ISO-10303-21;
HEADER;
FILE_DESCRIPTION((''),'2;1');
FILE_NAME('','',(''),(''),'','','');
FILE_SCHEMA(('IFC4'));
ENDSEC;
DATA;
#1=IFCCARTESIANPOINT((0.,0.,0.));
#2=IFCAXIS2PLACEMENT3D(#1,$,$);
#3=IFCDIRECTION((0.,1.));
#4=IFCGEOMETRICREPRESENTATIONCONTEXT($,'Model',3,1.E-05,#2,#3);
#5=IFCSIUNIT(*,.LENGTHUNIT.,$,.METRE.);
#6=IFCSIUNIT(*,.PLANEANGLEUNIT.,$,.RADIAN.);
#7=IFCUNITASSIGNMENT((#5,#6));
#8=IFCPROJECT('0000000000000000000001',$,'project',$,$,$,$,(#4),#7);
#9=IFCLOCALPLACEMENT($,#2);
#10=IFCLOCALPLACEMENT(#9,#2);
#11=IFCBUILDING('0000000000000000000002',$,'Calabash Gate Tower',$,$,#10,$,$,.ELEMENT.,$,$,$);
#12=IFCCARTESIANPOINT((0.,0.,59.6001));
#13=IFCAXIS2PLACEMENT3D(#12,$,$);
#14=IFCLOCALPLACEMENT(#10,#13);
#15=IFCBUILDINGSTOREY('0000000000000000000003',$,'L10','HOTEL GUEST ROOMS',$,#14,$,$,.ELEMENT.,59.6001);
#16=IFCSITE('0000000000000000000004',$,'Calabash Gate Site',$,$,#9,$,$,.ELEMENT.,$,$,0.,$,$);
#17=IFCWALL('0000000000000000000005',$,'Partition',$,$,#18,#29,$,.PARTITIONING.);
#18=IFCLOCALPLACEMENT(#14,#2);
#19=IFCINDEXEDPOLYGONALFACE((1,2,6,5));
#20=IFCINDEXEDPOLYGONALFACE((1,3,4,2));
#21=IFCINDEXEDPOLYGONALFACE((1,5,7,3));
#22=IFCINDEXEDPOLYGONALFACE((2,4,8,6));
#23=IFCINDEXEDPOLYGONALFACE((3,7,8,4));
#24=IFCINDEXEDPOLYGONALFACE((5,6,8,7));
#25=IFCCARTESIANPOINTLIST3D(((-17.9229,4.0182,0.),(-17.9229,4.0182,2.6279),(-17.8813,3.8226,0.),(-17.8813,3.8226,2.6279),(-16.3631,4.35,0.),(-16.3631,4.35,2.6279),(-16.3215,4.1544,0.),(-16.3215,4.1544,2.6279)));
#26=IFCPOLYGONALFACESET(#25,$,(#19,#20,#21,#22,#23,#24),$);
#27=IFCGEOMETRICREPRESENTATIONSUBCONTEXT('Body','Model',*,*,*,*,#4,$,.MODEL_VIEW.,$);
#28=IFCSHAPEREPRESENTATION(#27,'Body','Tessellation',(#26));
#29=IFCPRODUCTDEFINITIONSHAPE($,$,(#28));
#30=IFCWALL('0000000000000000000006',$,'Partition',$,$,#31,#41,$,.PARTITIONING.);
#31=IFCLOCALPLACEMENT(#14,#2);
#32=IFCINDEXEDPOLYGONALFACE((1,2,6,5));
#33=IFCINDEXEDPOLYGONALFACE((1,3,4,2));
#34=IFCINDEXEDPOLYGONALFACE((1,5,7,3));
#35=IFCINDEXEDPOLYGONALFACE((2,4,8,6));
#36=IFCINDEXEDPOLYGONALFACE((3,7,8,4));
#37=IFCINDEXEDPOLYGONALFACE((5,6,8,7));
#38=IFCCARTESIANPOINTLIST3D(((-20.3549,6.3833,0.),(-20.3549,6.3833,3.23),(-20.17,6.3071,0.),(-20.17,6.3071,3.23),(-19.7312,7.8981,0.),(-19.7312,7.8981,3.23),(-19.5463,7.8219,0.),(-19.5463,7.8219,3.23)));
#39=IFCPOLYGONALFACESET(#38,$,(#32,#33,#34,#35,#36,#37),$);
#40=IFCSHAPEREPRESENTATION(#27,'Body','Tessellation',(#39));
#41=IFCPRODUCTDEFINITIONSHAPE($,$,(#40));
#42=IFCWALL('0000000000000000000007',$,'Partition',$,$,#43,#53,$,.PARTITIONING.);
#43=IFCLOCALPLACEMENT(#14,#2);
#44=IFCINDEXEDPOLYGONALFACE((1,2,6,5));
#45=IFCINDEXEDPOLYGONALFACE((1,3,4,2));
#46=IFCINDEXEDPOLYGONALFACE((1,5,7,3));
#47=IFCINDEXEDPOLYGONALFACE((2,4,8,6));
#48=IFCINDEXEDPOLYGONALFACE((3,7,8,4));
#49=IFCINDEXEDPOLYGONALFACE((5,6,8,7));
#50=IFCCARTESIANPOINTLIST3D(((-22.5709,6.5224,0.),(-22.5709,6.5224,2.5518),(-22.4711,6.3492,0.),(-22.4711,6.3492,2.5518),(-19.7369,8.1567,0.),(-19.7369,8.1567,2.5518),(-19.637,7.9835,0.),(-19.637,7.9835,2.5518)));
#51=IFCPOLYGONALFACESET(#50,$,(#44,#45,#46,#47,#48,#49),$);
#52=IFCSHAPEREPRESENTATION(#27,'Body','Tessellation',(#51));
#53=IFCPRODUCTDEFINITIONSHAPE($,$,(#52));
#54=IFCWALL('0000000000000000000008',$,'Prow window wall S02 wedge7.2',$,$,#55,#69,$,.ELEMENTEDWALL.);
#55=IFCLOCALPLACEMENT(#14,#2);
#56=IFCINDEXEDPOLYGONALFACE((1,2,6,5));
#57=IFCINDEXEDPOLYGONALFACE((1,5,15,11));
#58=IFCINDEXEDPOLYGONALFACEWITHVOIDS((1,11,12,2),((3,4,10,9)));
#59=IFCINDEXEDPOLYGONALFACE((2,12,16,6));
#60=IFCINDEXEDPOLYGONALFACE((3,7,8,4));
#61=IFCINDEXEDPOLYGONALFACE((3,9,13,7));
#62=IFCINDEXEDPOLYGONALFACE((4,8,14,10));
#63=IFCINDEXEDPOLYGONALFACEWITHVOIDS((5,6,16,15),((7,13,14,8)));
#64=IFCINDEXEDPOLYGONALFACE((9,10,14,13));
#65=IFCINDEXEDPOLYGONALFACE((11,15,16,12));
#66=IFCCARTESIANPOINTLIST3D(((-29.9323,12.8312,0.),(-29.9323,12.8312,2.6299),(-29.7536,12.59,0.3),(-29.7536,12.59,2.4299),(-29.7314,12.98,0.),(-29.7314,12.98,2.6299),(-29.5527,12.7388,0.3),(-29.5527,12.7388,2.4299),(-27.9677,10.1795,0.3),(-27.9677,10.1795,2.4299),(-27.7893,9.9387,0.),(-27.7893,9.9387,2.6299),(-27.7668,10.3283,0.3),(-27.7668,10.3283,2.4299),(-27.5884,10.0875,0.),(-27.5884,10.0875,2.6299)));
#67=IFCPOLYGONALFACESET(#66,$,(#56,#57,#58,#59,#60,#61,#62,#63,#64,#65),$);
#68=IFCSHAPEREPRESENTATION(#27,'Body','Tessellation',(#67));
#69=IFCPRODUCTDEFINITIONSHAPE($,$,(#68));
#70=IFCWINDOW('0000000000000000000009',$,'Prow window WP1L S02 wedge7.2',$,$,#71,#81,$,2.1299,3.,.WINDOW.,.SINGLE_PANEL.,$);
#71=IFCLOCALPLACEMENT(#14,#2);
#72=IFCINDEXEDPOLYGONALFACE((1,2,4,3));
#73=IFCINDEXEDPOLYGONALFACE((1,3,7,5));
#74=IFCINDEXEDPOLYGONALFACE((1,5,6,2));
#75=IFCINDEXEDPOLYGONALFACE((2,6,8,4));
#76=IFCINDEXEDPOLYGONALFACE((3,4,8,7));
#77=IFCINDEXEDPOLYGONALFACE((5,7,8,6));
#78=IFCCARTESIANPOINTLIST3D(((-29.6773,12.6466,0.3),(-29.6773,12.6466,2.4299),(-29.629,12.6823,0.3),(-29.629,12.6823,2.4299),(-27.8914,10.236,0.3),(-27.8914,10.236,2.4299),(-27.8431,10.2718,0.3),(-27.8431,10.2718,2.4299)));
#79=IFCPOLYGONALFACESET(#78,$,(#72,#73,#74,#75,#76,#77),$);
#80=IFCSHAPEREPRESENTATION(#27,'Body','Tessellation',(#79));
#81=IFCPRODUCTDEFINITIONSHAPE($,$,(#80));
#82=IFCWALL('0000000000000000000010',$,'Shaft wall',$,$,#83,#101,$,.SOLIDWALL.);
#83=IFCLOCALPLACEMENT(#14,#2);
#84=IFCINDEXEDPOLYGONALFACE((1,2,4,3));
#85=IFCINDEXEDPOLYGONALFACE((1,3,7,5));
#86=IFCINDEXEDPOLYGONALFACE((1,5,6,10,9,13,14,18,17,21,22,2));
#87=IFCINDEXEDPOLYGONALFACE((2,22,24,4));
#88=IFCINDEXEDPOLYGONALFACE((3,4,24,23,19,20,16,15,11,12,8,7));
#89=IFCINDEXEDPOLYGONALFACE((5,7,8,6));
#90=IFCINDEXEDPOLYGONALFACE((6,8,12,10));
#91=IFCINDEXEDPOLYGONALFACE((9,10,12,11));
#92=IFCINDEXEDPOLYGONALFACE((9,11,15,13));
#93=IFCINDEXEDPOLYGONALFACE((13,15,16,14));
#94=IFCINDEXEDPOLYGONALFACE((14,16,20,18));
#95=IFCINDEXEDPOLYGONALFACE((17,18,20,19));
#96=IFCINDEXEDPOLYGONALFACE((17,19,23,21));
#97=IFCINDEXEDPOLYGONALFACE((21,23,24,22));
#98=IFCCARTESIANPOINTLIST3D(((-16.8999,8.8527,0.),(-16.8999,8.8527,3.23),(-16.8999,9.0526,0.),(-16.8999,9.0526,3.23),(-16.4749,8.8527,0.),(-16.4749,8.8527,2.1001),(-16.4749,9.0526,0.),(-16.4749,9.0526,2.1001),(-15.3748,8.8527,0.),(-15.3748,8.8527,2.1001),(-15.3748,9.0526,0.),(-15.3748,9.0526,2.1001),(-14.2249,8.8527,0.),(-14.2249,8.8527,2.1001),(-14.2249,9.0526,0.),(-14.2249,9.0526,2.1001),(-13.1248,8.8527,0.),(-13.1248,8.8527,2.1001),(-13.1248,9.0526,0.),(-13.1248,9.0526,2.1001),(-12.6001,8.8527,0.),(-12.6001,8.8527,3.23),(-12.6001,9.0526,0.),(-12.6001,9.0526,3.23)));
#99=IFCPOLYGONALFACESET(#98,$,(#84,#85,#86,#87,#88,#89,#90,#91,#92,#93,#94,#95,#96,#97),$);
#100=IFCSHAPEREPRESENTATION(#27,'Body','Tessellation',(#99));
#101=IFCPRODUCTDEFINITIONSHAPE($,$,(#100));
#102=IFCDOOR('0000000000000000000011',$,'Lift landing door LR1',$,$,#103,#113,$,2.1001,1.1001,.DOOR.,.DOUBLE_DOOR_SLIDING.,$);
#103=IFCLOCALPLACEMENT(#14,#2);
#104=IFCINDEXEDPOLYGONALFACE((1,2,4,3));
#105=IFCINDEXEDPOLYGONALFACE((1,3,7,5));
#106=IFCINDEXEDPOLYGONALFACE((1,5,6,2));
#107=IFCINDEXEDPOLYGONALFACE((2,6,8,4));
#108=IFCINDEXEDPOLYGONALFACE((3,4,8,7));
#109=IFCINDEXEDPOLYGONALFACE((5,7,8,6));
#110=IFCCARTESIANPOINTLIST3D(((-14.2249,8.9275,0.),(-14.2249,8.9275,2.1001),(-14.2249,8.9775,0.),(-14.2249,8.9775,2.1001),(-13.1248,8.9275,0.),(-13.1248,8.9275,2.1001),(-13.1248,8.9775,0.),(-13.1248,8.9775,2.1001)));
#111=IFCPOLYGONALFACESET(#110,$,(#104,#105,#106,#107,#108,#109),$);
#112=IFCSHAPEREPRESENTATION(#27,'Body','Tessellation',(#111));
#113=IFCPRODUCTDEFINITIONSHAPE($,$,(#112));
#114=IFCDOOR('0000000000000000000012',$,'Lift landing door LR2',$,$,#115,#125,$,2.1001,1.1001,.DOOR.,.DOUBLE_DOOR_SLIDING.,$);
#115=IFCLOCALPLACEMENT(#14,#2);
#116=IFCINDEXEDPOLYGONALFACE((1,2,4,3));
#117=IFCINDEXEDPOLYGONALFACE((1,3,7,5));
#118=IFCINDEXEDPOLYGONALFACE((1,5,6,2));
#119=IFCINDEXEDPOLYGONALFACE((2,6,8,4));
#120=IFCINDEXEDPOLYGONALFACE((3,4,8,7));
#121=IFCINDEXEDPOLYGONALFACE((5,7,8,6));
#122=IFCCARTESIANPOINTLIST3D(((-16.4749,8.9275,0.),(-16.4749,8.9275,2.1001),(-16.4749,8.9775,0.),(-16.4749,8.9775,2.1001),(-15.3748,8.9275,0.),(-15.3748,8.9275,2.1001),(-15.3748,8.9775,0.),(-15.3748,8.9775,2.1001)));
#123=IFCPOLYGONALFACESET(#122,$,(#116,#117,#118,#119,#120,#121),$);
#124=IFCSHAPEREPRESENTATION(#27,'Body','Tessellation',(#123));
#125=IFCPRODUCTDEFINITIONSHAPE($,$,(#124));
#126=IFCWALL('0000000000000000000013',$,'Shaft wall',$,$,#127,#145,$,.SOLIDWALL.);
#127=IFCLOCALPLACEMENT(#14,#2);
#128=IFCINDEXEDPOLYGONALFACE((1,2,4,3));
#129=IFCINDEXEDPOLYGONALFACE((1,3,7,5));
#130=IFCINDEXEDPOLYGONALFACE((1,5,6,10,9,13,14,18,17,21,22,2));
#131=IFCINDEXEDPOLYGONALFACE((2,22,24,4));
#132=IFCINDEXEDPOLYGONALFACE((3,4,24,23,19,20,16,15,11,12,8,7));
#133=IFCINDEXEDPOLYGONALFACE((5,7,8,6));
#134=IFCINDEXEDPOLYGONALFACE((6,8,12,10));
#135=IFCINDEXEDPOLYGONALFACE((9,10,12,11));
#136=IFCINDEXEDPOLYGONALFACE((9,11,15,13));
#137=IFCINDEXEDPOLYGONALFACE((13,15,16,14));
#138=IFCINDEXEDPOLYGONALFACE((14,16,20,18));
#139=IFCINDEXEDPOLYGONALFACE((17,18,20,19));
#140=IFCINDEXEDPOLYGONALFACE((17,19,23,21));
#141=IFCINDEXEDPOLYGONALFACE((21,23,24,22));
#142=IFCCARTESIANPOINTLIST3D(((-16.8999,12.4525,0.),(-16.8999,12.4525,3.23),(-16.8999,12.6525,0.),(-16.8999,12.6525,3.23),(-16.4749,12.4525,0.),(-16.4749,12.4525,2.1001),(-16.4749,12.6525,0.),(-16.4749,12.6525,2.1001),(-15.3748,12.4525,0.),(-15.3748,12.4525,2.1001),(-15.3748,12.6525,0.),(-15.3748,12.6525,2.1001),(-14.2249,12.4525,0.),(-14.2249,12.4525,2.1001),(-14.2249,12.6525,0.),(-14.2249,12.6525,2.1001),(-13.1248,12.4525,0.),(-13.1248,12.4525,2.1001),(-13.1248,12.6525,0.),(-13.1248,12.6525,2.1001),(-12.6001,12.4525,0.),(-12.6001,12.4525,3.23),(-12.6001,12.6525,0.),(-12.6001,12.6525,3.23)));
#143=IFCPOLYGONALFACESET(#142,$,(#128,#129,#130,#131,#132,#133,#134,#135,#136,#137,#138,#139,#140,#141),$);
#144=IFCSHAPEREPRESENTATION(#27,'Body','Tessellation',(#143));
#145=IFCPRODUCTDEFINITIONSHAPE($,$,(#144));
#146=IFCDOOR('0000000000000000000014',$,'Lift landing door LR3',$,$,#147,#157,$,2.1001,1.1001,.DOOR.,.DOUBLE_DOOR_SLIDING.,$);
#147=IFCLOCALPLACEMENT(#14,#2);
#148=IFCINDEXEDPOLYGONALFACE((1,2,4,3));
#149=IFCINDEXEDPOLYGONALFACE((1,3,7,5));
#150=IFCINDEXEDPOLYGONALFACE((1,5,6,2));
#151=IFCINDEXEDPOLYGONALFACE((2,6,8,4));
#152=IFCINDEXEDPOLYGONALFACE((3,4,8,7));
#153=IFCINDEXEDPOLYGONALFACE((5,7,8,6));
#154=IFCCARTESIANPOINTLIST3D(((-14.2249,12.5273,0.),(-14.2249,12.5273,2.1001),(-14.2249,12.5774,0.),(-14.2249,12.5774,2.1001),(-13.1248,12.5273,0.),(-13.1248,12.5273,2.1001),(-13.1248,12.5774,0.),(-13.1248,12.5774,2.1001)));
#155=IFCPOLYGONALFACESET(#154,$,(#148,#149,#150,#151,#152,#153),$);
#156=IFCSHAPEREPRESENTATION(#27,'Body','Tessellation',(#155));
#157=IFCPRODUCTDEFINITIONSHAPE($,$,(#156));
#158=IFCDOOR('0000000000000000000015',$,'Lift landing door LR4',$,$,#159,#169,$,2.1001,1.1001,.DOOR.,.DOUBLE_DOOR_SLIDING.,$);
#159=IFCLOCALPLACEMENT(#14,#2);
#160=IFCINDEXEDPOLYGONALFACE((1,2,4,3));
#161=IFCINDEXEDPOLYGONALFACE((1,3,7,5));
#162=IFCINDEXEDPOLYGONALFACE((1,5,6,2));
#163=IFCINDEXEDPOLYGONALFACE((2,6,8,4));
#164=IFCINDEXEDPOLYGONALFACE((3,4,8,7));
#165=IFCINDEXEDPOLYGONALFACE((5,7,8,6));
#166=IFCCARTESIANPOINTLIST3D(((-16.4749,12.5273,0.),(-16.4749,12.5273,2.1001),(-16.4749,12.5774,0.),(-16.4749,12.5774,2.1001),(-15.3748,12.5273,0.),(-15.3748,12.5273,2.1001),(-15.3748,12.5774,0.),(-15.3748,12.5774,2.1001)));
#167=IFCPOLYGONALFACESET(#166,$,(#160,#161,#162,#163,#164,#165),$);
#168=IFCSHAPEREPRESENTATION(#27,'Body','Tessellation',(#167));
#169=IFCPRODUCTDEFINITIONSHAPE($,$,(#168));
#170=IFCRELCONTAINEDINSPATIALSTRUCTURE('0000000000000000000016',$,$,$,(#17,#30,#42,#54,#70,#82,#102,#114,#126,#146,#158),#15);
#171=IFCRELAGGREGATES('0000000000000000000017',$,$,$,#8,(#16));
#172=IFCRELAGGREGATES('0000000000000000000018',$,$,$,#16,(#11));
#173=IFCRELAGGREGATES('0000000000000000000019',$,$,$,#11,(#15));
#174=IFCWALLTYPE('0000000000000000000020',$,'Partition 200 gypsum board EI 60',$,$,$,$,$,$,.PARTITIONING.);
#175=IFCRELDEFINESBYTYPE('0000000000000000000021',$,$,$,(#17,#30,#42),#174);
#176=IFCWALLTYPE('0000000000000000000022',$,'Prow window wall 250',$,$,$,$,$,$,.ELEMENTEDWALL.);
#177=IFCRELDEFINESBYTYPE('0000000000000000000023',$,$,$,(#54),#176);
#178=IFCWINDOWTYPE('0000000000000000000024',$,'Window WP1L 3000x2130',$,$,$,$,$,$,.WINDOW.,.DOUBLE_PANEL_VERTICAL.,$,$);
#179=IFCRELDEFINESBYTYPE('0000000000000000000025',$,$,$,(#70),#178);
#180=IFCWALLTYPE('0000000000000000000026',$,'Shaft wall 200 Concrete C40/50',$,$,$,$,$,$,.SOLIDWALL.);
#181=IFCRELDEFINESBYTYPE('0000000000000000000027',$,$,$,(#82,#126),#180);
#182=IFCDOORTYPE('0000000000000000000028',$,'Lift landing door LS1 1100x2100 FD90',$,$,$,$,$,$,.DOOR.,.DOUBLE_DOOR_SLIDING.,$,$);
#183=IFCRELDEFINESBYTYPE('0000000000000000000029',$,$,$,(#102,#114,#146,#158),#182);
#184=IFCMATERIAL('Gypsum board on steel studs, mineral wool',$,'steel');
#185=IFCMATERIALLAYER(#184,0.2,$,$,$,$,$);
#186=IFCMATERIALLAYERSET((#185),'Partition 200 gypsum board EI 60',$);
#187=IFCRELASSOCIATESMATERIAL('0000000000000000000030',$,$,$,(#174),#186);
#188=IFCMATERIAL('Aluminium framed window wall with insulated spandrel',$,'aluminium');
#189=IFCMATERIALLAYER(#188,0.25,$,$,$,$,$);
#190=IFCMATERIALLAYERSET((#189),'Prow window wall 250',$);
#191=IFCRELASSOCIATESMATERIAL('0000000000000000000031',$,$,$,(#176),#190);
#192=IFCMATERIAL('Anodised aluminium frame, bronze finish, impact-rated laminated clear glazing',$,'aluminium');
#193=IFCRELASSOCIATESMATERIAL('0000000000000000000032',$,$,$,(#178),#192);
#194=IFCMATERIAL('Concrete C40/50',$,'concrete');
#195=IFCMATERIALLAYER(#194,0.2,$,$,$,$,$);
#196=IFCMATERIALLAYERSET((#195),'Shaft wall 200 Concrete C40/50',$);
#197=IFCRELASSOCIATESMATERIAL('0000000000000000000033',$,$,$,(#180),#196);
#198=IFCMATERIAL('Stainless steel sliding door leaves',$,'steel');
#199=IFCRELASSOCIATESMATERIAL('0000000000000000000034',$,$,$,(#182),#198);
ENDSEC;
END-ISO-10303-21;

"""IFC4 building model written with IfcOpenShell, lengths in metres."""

from ifc_helpers import new_model, si_unit, direction, frame, frame_2d, origin, place, context, subcontext, project, spatial, rectangle, extrude, material, layer, layer_set, type_object, element, fill, save


model = new_model("IFC4")

# Units and contexts
model_context = context("Model", 3, precision=1e-05, world=origin(), true_north=direction((0.0, 1.0)))
body_context = subcontext(model_context, "Body", "Model", "MODEL_VIEW")
ifc_project = project(units=[si_unit("LENGTHUNIT", "METRE"), si_unit("PLANEANGLEUNIT", "RADIAN")], contexts=[model_context])

# Site, building, storey
site_placement = place(None, origin())
site = spatial("IfcSite", under=ifc_project, at=site_placement, Name="Calabash Gate Site", CompositionType="ELEMENT", RefElevation=0.0)
building_placement = place(site_placement, origin())
building = spatial("IfcBuilding", under=site, at=building_placement, Name="Calabash Gate Tower", CompositionType="ELEMENT")
storey_placement = place(building_placement, frame((0.0, 0.0, 59.6001)))
storey = spatial("IfcBuildingStorey", under=building, at=storey_placement, Name="L10", Description="HOTEL GUEST ROOMS", CompositionType="ELEMENT", Elevation=59.6001)

# Shared definitions
ifc_material_1 = material(Name="Gypsum board on steel studs, mineral wool", Category="steel")
ifc_layer_1 = layer(ifc_material_1, 0.2)
ifc_layer_set_1 = layer_set([ifc_layer_1], Name="Partition 200 gypsum board EI 60")
wall_type_1 = type_object("IfcWallType", Name="Partition 200 gypsum board EI 60", PredefinedType="PARTITIONING", material=ifc_layer_set_1)

# Walls
wall_1_placement = place(storey_placement, frame((-17.9021, 3.9204, 0.0), z_axis=(0.0, 0.0, 1.0), x_axis=(0.978117, 0.208055, 0.0)))
element("IfcWall", 1, at=wall_1_placement, inside=storey, type_object=wall_type_1, Name="Partition", PredefinedType="PARTITIONING", context=body_context, shape_type="SweptSolid", body=[
    extrude(rectangle(XDim=1.5947, YDim=0.2, at=frame_2d((0.7974, 0.0))), origin(), (0.0, 0.0, 1.0), 2.6279),
])
wall_2_placement = place(storey_placement, frame((-20.2625, 6.3452, 0.0), z_axis=(0.0, 0.0, 1.0), x_axis=(0.38075, 0.924678, 0.0)))
element("IfcWall", 2, at=wall_2_placement, inside=storey, type_object=wall_type_1, Name="Partition", PredefinedType="PARTITIONING", context=body_context, shape_type="SweptSolid", body=[
    extrude(rectangle(XDim=1.6382, YDim=0.2, at=frame_2d((0.8191, 0.0))), origin(), (0.0, 0.0, 1.0), 3.23),
])
wall_3_placement = place(storey_placement, frame((-22.521, 6.4358, 0.0), z_axis=(0.0, 0.0, 1.0), x_axis=(0.86628, 0.499559, 0.0)))
element("IfcWall", 3, at=wall_3_placement, inside=storey, type_object=wall_type_1, Name="Partition", PredefinedType="PARTITIONING", context=body_context, shape_type="SweptSolid", body=[
    extrude(rectangle(XDim=3.2715, YDim=0.2, at=frame_2d((1.6357, 0.0))), origin(), (0.0, 0.0, 1.0), 2.5518),
])

# Wall, opening, window
ifc_material_2 = material(Name="Aluminium framed window wall with insulated spandrel", Category="aluminium")
ifc_layer_2 = layer(ifc_material_2, 0.25)
ifc_layer_set_2 = layer_set([ifc_layer_2], Name="Prow window wall 250")
wall_type_2 = type_object("IfcWallType", Name="Prow window wall 250", PredefinedType="ELEMENTEDWALL", material=ifc_layer_set_2)
wall_4_placement = place(storey_placement, frame((-29.8318, 12.9055, 0.0), z_axis=(0.0, 0.0, 1.0), x_axis=(0.595302, -0.803502, 0.0)))
wall_4 = element("IfcWall", 4, at=wall_4_placement, inside=storey, type_object=wall_type_2, Name="Prow window wall S02 wedge7.2", PredefinedType="ELEMENTEDWALL", context=body_context, shape_type="SweptSolid", body=[
    extrude(rectangle(XDim=3.5999, YDim=0.25, at=frame_2d((1.7998, 0.0))), origin(), (0.0, 0.0, 1.0), 2.6299),
])
opening_1_placement = place(wall_4_placement, frame((0.3, 0.0, 0.3)))
opening_1 = element("IfcOpeningElement", 5, at=opening_1_placement, cuts=wall_4, PredefinedType="OPENING", context=body_context, shape_type="SweptSolid", body=[
    extrude(rectangle(XDim=3.0, YDim=2.1299, at=frame_2d((1.5, 1.0649))), frame((0.0, 0.135, 0.0), z_axis=(0.0, -1.0, 0.0), x_axis=(1.0, 0.0, 0.0)), (0.0, 0.0, 1.0), 0.27),
])
ifc_material_3 = material(Name="Anodised aluminium frame, bronze finish, impact-rated laminated clear glazing", Category="aluminium")
window_type_1 = type_object("IfcWindowType", Name="Window WP1L 3000x2130", PartitioningType="DOUBLE_PANEL_VERTICAL", PredefinedType="WINDOW", material=ifc_material_3)
window_1_placement = place(opening_1_placement, origin())
window_1 = element("IfcWindow", 6, at=window_1_placement, inside=storey, type_object=window_type_1, Name="Prow window WP1L S02 wedge7.2", OverallHeight=2.1299, OverallWidth=3.0, PartitioningType="SINGLE_PANEL", PredefinedType="WINDOW", context=body_context, shape_type="SweptSolid", body=[
    extrude(rectangle(XDim=3.0, YDim=2.1299, at=frame_2d((1.5, 1.0649))), frame((0.0, 0.03, 0.0), z_axis=(0.0, -1.0, 0.0), x_axis=(1.0, 0.0, 0.0)), (0.0, 0.0, 1.0), 0.0601),
])
fill(opening_1, window_1)

# Walls, openings, doors
ifc_material_4 = material(Name="Concrete C40/50", Category="concrete")
ifc_layer_3 = layer(ifc_material_4, 0.2)
ifc_layer_set_3 = layer_set([ifc_layer_3], Name="Shaft wall 200 Concrete C40/50")
wall_type_3 = type_object("IfcWallType", Name="Shaft wall 200 Concrete C40/50", PredefinedType="SOLIDWALL", material=ifc_layer_set_3)
wall_5_placement = place(storey_placement, frame((-16.8999, 8.9526, 0.0), z_axis=(0.0, 0.0, 1.0), x_axis=(1.0, 0.0, 0.0)))
wall_5 = element("IfcWall", 7, at=wall_5_placement, inside=storey, type_object=wall_type_3, Name="Shaft wall", PredefinedType="SOLIDWALL", context=body_context, shape_type="SweptSolid", body=[
    extrude(rectangle(XDim=4.2998, YDim=0.2, at=frame_2d((2.1499, 0.0))), origin(), (0.0, 0.0, 1.0), 3.23),
])
opening_2_placement = place(wall_5_placement, frame((2.675, 0.0, 0.0)))
opening_2 = element("IfcOpeningElement", 8, at=opening_2_placement, cuts=wall_5, PredefinedType="OPENING", context=body_context, shape_type="SweptSolid", body=[
    extrude(rectangle(XDim=1.1001, YDim=2.1001, at=frame_2d((0.55, 1.05))), frame((0.0, 0.1099, 0.0), z_axis=(0.0, -1.0, 0.0), x_axis=(1.0, 0.0, 0.0)), (0.0, 0.0, 1.0), 0.22),
])
opening_3_placement = place(wall_5_placement, frame((0.425, 0.0, 0.0)))
opening_3 = element("IfcOpeningElement", 9, at=opening_3_placement, cuts=wall_5, PredefinedType="OPENING", context=body_context, shape_type="SweptSolid", body=[
    extrude(rectangle(XDim=1.1001, YDim=2.1001, at=frame_2d((0.55, 1.05))), frame((0.0, 0.1099, 0.0), z_axis=(0.0, -1.0, 0.0), x_axis=(1.0, 0.0, 0.0)), (0.0, 0.0, 1.0), 0.22),
])
ifc_material_5 = material(Name="Stainless steel sliding door leaves", Category="steel")
door_type_1 = type_object("IfcDoorType", Name="Lift landing door LS1 1100x2100 FD90", OperationType="DOUBLE_DOOR_SLIDING", PredefinedType="DOOR", material=ifc_material_5)
door_1_placement = place(opening_2_placement, origin())
door_1 = element("IfcDoor", 10, at=door_1_placement, inside=storey, type_object=door_type_1, Name="Lift landing door LR1", OperationType="DOUBLE_DOOR_SLIDING", OverallHeight=2.1001, OverallWidth=1.1001, PredefinedType="DOOR", context=body_context, shape_type="SweptSolid", body=[
    extrude(rectangle(XDim=1.1001, YDim=2.1001, at=frame_2d((0.55, 1.05))), frame((0.0, 0.0249, 0.0), z_axis=(0.0, -1.0, 0.0), x_axis=(1.0, 0.0, 0.0)), (0.0, 0.0, 1.0), 0.05),
])
fill(opening_2, door_1)
door_2_placement = place(opening_3_placement, origin())
door_2 = element("IfcDoor", 11, at=door_2_placement, inside=storey, type_object=door_type_1, Name="Lift landing door LR2", OperationType="DOUBLE_DOOR_SLIDING", OverallHeight=2.1001, OverallWidth=1.1001, PredefinedType="DOOR", context=body_context, shape_type="SweptSolid", body=[
    extrude(rectangle(XDim=1.1001, YDim=2.1001, at=frame_2d((0.55, 1.05))), frame((0.0, 0.0249, 0.0), z_axis=(0.0, -1.0, 0.0), x_axis=(1.0, 0.0, 0.0)), (0.0, 0.0, 1.0), 0.05),
])
fill(opening_3, door_2)
wall_6_placement = place(storey_placement, frame((-16.8999, 12.5525, 0.0), z_axis=(0.0, 0.0, 1.0), x_axis=(1.0, 0.0, 0.0)))
wall_6 = element("IfcWall", 12, at=wall_6_placement, inside=storey, type_object=wall_type_3, Name="Shaft wall", PredefinedType="SOLIDWALL", context=body_context, shape_type="SweptSolid", body=[
    extrude(rectangle(XDim=4.2998, YDim=0.2, at=frame_2d((2.1499, 0.0))), origin(), (0.0, 0.0, 1.0), 3.23),
])
opening_4_placement = place(wall_6_placement, frame((2.675, 0.0, 0.0)))
opening_4 = element("IfcOpeningElement", 13, at=opening_4_placement, cuts=wall_6, PredefinedType="OPENING", context=body_context, shape_type="SweptSolid", body=[
    extrude(rectangle(XDim=1.1001, YDim=2.1001, at=frame_2d((0.55, 1.05))), frame((0.0, 0.1099, 0.0), z_axis=(0.0, -1.0, 0.0), x_axis=(1.0, 0.0, 0.0)), (0.0, 0.0, 1.0), 0.22),
])
opening_5_placement = place(wall_6_placement, frame((0.425, 0.0, 0.0)))
opening_5 = element("IfcOpeningElement", 14, at=opening_5_placement, cuts=wall_6, PredefinedType="OPENING", context=body_context, shape_type="SweptSolid", body=[
    extrude(rectangle(XDim=1.1001, YDim=2.1001, at=frame_2d((0.55, 1.05))), frame((0.0, 0.1099, 0.0), z_axis=(0.0, -1.0, 0.0), x_axis=(1.0, 0.0, 0.0)), (0.0, 0.0, 1.0), 0.22),
])
door_3_placement = place(opening_4_placement, origin())
door_3 = element("IfcDoor", 15, at=door_3_placement, inside=storey, type_object=door_type_1, Name="Lift landing door LR3", OperationType="DOUBLE_DOOR_SLIDING", OverallHeight=2.1001, OverallWidth=1.1001, PredefinedType="DOOR", context=body_context, shape_type="SweptSolid", body=[
    extrude(rectangle(XDim=1.1001, YDim=2.1001, at=frame_2d((0.55, 1.05))), frame((0.0, 0.0249, 0.0), z_axis=(0.0, -1.0, 0.0), x_axis=(1.0, 0.0, 0.0)), (0.0, 0.0, 1.0), 0.05),
])
fill(opening_4, door_3)
door_4_placement = place(opening_5_placement, origin())
door_4 = element("IfcDoor", 16, at=door_4_placement, inside=storey, type_object=door_type_1, Name="Lift landing door LR4", OperationType="DOUBLE_DOOR_SLIDING", OverallHeight=2.1001, OverallWidth=1.1001, PredefinedType="DOOR", context=body_context, shape_type="SweptSolid", body=[
    extrude(rectangle(XDim=1.1001, YDim=2.1001, at=frame_2d((0.55, 1.05))), frame((0.0, 0.0249, 0.0), z_axis=(0.0, -1.0, 0.0), x_axis=(1.0, 0.0, 0.0)), (0.0, 0.0, 1.0), 0.05),
])
fill(opening_5, door_4)

save(model, "model.ifc")
